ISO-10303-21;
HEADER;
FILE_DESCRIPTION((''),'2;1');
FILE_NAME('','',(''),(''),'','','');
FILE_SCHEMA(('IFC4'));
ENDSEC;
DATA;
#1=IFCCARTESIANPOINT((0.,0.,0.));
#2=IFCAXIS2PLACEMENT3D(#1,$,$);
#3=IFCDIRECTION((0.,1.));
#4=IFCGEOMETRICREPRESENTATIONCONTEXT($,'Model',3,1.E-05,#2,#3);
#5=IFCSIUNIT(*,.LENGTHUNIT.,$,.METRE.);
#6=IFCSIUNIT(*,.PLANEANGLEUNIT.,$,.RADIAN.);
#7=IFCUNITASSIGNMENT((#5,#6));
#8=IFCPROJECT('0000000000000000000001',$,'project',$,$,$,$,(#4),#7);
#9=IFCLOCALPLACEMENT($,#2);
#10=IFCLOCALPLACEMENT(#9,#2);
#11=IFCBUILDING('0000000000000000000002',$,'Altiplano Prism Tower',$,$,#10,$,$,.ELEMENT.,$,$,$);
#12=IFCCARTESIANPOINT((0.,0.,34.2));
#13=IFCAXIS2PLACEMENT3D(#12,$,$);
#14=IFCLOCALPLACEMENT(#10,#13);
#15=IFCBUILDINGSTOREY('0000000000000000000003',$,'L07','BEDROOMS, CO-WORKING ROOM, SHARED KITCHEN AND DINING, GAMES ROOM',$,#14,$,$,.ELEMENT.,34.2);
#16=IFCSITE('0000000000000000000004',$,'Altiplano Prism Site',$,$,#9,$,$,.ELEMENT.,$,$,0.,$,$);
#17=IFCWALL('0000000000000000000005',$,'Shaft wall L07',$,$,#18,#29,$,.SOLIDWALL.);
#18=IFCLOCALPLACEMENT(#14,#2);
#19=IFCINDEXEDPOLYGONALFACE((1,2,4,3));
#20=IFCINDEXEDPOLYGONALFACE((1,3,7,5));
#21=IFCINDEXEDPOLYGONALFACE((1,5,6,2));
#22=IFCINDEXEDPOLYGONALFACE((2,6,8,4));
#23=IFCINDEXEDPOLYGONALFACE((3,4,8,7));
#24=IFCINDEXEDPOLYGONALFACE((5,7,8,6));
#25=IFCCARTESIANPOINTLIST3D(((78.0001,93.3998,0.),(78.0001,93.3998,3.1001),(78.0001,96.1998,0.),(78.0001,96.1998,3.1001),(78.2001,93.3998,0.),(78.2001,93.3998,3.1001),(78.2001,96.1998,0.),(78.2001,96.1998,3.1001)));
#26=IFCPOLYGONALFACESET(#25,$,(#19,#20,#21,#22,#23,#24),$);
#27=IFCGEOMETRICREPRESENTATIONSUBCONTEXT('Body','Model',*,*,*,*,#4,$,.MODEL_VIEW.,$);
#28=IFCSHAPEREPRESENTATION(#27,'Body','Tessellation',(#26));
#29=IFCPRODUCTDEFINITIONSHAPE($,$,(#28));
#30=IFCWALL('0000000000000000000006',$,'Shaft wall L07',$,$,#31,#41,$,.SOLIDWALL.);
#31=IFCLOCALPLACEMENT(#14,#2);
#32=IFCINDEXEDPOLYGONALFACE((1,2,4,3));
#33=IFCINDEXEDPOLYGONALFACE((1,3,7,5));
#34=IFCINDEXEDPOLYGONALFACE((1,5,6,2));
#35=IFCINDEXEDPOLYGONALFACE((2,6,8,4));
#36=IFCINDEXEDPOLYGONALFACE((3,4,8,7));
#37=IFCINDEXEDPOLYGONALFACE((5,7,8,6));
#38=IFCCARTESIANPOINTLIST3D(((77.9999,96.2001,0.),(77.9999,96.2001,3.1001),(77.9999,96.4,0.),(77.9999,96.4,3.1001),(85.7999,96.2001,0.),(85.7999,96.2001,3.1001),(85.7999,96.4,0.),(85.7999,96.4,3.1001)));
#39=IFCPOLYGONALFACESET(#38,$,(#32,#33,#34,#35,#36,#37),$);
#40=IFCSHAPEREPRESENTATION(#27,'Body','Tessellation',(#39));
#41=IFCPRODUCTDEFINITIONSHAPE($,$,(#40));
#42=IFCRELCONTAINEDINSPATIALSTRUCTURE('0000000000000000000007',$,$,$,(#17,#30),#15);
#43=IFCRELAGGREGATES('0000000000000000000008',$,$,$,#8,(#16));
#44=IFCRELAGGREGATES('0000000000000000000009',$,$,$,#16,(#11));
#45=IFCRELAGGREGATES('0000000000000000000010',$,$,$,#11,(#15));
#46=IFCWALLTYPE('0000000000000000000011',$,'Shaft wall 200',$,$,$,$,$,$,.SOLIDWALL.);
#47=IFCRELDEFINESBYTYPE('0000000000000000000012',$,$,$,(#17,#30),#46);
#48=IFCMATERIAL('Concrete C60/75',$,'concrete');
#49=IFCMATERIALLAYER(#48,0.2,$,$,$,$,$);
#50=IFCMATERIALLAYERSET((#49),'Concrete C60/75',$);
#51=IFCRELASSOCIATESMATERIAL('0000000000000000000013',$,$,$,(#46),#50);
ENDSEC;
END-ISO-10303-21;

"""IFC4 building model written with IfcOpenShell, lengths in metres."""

from ifc_helpers import new_model, si_unit, direction, frame, frame_2d, origin, place, context, subcontext, project, spatial, rectangle, extrude, material, layer, layer_set, type_object, element, save


model = new_model("IFC4")

# Units and contexts
model_context = context("Model", 3, precision=1e-05, world=origin(), true_north=direction((0.0, 1.0)))
body_context = subcontext(model_context, "Body", "Model", "MODEL_VIEW")
ifc_project = project(units=[si_unit("LENGTHUNIT", "METRE"), si_unit("PLANEANGLEUNIT", "RADIAN")], contexts=[model_context])

# Site, building, storey
site_placement = place(None, origin())
site = spatial("IfcSite", under=ifc_project, at=site_placement, Name="Altiplano Prism Site", CompositionType="ELEMENT", RefElevation=0.0)
building_placement = place(site_placement, origin())
building = spatial("IfcBuilding", under=site, at=building_placement, Name="Altiplano Prism Tower", CompositionType="ELEMENT")
storey_placement = place(building_placement, frame((0.0, 0.0, 34.2)))
storey = spatial("IfcBuildingStorey", under=building, at=storey_placement, Name="L07", Description="BEDROOMS, CO-WORKING ROOM, SHARED KITCHEN AND DINING, GAMES ROOM", CompositionType="ELEMENT", Elevation=34.2)

# Shared definitions
ifc_material_1 = material(Name="Concrete C60/75", Category="concrete")

# Walls
ifc_layer_1 = layer(ifc_material_1, 0.2)
ifc_layer_set_1 = layer_set([ifc_layer_1], Name="Concrete C60/75")
wall_type_1 = type_object("IfcWallType", Name="Shaft wall 200", PredefinedType="SOLIDWALL", material=ifc_layer_set_1)
wall_1_placement = place(storey_placement, frame((78.1001, 93.3999, 0.0), z_axis=(0.0, 0.0, 1.0), x_axis=(0.0, 1.0, 0.0)))
element("IfcWall", 1, at=wall_1_placement, inside=storey, type_object=wall_type_1, Name="Shaft wall L07", PredefinedType="SOLIDWALL", context=body_context, shape_type="SweptSolid", body=[
    extrude(rectangle(XDim=2.8, YDim=0.2, at=frame_2d((1.3999, 0.0))), origin(), (0.0, 0.0, 1.0), 3.1001),
])
wall_2_placement = place(storey_placement, frame((78.0, 96.3, 0.0), z_axis=(0.0, 0.0, 1.0), x_axis=(1.0, 0.0, 0.0)))
element("IfcWall", 2, at=wall_2_placement, inside=storey, type_object=wall_type_1, Name="Shaft wall L07", PredefinedType="SOLIDWALL", context=body_context, shape_type="SweptSolid", body=[
    extrude(rectangle(XDim=7.8, YDim=0.2, at=frame_2d((3.8999, 0.0))), origin(), (0.0, 0.0, 1.0), 3.1001),
])

save(model, "model.ifc")
